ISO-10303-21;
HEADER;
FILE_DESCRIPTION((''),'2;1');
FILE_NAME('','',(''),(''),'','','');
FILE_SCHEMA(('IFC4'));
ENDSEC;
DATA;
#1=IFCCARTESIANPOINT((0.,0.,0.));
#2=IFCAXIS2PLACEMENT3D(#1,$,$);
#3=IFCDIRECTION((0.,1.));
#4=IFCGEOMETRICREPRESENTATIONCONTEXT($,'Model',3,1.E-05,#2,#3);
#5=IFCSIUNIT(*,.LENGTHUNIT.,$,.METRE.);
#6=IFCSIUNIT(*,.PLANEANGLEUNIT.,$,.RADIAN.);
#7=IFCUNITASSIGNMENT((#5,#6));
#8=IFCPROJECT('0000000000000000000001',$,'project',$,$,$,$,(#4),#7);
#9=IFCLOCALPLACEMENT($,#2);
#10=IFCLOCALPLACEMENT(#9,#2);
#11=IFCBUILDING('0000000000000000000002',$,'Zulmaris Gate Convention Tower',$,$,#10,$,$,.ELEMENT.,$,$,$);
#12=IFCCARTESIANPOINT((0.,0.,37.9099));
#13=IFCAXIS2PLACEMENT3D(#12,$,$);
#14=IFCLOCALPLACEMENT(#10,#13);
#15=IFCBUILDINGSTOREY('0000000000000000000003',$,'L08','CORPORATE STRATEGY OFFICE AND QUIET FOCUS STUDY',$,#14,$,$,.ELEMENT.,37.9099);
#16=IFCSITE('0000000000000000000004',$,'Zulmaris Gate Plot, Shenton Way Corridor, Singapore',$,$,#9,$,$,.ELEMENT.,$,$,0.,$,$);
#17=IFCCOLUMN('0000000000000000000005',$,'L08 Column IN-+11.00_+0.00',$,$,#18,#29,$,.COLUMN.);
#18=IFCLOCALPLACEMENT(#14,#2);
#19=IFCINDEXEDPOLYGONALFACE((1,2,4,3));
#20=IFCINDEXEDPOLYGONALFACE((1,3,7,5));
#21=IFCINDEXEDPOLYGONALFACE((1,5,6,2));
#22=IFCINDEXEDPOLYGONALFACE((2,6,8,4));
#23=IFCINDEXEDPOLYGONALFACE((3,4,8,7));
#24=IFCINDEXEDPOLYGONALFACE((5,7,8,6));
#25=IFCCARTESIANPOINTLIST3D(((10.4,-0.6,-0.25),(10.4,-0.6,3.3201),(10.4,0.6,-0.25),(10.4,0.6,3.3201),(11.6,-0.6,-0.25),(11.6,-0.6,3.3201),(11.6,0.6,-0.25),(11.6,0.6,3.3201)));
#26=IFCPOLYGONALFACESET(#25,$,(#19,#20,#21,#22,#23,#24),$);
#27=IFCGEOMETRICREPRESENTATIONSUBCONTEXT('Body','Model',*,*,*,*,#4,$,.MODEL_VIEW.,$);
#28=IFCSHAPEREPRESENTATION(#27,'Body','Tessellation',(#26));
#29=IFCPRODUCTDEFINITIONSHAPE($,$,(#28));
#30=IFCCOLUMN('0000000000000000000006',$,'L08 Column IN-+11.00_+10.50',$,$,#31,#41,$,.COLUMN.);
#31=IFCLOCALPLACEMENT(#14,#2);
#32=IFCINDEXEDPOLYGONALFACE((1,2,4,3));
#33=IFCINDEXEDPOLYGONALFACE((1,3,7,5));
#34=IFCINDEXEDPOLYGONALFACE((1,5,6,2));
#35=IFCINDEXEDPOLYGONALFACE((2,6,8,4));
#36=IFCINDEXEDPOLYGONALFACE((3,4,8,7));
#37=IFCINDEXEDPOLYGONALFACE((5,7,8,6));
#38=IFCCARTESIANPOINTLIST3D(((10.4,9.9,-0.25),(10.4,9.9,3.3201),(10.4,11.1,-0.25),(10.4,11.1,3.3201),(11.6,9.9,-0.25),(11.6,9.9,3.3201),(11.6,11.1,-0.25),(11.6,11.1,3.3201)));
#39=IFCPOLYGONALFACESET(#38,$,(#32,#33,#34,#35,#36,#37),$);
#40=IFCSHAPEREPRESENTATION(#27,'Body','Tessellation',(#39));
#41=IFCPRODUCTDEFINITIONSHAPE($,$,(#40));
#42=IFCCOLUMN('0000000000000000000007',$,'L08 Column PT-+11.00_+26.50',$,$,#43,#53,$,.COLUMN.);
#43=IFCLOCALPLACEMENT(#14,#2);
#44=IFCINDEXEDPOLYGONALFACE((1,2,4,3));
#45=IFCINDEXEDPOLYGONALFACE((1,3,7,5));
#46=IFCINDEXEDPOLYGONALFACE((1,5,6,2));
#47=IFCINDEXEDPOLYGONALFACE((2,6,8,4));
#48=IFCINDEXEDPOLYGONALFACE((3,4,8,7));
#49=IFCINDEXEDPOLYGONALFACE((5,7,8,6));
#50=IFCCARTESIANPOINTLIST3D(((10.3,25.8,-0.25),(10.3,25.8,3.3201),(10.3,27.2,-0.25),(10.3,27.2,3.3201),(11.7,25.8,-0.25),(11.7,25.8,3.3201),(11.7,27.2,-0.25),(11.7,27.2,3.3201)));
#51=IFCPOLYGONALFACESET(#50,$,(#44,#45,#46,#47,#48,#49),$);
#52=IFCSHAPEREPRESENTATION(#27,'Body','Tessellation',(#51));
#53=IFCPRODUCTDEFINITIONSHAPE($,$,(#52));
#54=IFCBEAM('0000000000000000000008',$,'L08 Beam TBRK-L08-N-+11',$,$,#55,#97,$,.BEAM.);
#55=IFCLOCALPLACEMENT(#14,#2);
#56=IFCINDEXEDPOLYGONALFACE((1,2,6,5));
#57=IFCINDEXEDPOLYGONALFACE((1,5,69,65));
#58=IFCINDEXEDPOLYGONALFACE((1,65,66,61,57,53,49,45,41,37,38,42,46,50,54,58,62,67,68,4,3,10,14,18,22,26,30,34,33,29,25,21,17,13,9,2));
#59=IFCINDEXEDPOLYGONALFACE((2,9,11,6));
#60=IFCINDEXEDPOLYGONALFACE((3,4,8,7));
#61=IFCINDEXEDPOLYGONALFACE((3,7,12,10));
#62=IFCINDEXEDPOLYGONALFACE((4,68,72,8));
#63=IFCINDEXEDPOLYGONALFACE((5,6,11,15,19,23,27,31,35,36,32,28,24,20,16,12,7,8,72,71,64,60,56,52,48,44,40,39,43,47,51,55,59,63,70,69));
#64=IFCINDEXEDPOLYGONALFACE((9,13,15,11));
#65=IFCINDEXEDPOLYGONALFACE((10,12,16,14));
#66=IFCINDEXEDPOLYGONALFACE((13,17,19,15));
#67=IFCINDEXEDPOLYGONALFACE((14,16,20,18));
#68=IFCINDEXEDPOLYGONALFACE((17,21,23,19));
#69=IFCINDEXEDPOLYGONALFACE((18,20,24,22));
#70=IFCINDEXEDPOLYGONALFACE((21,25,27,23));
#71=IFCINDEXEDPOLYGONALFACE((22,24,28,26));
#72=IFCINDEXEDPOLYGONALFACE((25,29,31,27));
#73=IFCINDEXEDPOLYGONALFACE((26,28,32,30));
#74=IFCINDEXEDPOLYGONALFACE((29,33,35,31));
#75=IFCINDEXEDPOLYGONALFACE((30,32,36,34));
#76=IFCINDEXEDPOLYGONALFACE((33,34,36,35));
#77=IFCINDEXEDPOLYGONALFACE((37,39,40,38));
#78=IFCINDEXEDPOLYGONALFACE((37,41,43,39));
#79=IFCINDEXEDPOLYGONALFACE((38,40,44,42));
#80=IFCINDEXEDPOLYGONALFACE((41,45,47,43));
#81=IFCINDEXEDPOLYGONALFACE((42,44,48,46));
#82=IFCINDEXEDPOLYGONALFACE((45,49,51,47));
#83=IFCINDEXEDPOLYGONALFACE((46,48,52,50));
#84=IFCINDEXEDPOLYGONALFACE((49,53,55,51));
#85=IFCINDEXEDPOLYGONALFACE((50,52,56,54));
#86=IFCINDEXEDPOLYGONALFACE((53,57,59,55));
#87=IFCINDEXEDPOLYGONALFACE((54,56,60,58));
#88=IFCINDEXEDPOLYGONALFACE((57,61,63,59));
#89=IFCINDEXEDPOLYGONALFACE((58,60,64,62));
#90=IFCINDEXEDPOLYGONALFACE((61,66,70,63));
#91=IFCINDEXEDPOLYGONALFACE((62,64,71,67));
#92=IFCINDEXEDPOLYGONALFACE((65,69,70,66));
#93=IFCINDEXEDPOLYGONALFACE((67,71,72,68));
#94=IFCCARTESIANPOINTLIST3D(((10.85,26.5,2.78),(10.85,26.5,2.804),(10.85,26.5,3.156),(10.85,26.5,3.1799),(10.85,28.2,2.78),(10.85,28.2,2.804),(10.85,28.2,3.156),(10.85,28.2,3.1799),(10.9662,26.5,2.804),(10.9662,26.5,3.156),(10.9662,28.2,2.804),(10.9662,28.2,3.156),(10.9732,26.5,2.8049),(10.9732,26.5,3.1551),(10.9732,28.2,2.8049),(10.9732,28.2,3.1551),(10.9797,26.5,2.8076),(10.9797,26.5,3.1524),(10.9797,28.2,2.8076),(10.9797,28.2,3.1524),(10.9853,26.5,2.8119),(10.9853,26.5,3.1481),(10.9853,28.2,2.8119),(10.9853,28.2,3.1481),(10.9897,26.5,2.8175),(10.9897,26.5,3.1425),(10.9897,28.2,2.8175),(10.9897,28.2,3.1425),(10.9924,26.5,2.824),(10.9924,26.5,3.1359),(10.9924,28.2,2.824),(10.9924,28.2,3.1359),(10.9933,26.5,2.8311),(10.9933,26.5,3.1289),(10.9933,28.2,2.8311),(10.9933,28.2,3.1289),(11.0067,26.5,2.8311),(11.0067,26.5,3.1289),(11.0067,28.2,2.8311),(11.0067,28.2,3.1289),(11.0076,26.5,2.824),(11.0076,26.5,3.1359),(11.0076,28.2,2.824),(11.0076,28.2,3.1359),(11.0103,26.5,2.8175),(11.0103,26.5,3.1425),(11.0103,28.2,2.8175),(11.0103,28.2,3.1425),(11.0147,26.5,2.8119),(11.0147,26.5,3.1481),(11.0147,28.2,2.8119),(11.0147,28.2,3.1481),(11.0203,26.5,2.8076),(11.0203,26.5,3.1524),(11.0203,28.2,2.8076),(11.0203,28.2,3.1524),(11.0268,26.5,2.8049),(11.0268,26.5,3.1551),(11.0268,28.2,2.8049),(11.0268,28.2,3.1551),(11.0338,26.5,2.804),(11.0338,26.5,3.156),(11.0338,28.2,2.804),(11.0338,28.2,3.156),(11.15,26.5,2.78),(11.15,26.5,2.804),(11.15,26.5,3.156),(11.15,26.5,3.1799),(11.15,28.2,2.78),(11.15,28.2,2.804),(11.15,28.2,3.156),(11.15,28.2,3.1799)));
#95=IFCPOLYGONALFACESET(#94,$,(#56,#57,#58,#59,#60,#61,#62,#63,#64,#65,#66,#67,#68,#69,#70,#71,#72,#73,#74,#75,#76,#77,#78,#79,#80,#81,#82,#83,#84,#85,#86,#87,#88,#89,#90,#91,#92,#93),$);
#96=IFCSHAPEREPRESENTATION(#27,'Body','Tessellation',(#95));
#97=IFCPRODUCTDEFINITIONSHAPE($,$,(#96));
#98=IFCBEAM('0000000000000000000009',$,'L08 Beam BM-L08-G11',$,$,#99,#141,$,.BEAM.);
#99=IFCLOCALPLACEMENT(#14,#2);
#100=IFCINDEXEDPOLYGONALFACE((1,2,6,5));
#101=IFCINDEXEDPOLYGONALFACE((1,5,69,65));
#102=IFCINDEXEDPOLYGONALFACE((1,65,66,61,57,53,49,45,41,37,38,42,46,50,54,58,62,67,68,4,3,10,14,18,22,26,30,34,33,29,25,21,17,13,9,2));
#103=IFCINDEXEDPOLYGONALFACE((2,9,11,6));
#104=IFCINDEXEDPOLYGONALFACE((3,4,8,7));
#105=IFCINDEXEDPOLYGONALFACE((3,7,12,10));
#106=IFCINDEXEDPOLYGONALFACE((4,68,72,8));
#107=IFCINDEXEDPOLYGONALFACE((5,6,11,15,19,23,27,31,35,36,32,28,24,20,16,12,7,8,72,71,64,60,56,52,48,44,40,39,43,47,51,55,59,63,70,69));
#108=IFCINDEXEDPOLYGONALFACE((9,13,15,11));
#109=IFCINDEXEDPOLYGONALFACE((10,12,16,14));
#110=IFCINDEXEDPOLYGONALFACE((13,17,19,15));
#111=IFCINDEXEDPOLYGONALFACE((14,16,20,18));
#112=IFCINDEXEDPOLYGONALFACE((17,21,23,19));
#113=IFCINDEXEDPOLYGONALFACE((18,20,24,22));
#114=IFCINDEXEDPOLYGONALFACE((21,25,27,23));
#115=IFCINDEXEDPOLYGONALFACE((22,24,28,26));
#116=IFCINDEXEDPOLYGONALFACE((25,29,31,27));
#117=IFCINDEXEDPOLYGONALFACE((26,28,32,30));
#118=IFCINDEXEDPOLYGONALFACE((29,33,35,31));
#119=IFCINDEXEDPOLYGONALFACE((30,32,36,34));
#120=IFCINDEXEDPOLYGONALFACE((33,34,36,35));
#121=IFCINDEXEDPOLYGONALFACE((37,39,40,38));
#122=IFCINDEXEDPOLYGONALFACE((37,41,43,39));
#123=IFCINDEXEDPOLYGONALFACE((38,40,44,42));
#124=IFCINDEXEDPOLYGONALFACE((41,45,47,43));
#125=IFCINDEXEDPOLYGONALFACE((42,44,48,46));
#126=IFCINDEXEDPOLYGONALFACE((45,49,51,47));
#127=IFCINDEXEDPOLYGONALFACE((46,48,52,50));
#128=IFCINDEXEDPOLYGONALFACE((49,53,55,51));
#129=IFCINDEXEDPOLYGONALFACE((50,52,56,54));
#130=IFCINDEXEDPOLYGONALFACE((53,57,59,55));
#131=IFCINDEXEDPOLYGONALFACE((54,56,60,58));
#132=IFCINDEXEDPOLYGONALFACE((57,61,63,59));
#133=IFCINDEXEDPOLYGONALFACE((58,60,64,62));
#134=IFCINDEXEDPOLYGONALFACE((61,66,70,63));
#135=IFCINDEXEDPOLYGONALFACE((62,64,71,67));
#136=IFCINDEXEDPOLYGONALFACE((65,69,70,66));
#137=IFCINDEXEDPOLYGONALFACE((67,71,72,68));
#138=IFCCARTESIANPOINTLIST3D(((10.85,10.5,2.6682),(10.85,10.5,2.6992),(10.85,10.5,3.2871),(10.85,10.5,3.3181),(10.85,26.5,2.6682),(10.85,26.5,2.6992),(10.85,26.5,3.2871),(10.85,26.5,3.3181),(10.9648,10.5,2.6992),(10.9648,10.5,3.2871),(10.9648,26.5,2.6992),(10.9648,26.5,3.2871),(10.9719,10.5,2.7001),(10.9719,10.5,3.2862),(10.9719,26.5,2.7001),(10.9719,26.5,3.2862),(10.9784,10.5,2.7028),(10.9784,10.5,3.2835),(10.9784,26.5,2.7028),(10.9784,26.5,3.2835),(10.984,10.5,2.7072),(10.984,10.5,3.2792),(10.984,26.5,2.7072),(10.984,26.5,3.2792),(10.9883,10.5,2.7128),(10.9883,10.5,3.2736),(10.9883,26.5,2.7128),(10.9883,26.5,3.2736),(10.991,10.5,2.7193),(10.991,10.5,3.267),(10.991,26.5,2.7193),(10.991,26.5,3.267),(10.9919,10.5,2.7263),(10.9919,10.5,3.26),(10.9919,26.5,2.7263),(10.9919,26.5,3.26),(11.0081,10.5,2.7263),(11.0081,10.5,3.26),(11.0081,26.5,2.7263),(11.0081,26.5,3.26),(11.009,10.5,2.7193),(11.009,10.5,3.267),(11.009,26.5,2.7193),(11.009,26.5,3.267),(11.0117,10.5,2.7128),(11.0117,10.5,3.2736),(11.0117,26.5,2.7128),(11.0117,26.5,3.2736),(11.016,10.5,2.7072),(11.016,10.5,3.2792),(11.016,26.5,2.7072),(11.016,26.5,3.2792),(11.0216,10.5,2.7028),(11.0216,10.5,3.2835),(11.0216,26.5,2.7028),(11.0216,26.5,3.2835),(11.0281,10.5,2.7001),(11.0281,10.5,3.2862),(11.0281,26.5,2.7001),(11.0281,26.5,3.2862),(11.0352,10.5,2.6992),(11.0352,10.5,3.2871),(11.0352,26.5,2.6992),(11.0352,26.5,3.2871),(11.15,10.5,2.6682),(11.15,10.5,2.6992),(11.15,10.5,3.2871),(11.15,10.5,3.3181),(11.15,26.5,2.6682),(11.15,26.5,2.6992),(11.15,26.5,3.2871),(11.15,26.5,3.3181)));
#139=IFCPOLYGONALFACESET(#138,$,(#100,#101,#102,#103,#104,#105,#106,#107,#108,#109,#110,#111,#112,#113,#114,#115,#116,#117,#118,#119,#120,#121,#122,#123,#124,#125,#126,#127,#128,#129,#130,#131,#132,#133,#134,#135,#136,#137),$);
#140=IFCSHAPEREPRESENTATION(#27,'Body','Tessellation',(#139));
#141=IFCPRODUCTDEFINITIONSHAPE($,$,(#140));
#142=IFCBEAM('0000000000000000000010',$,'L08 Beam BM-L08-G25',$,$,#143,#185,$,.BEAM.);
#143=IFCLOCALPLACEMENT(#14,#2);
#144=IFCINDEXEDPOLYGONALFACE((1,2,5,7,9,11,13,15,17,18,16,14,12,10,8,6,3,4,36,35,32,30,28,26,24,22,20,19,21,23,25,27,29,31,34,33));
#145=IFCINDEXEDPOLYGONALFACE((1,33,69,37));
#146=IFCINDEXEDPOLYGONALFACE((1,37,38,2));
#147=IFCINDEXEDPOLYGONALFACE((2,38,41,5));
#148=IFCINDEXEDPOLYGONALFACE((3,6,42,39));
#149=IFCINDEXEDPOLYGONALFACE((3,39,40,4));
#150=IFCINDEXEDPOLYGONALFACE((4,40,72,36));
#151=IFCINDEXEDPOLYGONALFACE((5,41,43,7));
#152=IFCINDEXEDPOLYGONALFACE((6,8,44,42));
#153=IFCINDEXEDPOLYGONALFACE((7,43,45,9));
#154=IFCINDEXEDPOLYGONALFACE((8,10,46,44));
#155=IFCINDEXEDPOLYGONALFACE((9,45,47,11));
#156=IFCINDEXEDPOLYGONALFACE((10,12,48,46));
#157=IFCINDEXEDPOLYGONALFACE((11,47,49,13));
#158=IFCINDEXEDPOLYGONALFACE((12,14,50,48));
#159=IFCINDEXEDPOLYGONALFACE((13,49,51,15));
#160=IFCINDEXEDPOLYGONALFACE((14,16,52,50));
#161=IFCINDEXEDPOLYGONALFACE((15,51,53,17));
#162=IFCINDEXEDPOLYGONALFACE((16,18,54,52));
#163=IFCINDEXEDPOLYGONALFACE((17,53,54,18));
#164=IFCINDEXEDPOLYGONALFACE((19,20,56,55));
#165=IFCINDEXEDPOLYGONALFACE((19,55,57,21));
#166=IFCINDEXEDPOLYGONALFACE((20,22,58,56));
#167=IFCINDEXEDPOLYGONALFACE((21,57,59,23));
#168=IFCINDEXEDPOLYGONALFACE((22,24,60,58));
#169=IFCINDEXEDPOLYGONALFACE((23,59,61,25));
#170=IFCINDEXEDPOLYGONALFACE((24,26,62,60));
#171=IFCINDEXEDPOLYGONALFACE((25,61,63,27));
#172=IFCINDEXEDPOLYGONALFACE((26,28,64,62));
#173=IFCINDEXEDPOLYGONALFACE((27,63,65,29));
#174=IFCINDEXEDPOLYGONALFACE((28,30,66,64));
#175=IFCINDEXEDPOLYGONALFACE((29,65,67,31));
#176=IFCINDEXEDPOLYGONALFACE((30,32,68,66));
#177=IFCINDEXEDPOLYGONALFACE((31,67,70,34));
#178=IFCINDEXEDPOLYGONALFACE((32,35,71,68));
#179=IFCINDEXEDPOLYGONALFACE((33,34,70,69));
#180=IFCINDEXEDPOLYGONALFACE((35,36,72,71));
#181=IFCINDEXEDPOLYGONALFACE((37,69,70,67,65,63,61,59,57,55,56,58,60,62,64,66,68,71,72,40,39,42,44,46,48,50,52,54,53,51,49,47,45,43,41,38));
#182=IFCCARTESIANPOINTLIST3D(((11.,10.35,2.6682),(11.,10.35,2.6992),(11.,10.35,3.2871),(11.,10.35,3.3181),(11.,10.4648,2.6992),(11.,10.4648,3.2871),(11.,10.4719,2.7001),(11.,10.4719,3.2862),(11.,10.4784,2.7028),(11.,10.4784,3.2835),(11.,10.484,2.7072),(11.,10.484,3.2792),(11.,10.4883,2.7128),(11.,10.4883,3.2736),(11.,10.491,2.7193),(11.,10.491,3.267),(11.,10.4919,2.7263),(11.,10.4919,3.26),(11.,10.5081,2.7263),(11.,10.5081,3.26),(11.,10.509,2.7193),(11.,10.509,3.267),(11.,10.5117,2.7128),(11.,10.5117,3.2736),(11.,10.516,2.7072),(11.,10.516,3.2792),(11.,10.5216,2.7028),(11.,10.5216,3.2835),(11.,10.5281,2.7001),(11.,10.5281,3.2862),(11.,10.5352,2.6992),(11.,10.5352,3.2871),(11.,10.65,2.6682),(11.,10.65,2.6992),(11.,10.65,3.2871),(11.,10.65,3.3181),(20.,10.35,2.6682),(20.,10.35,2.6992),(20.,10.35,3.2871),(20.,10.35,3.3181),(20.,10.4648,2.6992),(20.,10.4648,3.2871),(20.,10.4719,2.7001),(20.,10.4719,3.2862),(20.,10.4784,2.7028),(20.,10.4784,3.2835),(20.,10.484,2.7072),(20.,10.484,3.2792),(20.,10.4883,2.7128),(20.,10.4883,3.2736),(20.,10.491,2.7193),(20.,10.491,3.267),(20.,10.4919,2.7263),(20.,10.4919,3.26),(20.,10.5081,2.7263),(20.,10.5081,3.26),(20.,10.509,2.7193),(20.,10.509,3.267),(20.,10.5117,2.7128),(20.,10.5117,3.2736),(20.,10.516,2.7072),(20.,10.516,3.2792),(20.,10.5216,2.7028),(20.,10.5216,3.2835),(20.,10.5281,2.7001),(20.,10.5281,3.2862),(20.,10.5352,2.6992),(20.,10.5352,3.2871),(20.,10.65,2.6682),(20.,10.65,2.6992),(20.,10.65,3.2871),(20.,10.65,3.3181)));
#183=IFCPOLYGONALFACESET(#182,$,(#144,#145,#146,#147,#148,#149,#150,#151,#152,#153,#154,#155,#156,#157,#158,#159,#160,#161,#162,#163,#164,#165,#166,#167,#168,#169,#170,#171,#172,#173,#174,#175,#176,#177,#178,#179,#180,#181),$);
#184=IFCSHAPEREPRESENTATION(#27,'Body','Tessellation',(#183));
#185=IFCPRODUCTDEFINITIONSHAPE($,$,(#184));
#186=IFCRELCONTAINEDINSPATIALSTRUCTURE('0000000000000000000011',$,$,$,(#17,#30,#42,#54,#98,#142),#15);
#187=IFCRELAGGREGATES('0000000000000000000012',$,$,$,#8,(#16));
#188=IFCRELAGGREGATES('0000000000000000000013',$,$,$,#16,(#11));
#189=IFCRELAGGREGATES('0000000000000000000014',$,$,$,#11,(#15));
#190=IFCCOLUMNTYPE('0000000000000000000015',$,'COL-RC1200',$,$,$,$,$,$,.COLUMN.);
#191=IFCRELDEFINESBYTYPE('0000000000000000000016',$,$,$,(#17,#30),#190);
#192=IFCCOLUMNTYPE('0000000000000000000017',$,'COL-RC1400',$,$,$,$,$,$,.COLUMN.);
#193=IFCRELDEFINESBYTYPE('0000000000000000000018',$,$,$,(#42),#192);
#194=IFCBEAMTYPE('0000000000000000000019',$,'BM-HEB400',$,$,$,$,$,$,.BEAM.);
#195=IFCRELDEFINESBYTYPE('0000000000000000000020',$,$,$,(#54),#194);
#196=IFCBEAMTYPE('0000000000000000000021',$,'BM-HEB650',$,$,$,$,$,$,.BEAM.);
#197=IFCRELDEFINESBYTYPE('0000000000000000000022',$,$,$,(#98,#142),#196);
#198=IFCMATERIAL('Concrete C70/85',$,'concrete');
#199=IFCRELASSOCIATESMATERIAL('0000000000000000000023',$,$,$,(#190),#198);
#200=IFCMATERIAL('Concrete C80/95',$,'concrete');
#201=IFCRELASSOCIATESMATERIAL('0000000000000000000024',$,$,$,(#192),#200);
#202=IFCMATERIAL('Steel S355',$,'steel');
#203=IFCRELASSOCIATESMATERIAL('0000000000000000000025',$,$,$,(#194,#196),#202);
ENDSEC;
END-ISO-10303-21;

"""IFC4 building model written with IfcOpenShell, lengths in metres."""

from ifc_helpers import new_model, si_unit, direction, frame, origin, origin_2d, place, context, subcontext, project, spatial, rectangle, i_section, extrude, material, material_profile, profile_set, type_object, element, save


model = new_model("IFC4")

# Units and contexts
model_context = context("Model", 3, precision=1e-05, world=origin(), true_north=direction((0.0, 1.0)))
body_context = subcontext(model_context, "Body", "Model", "MODEL_VIEW")
ifc_project = project(units=[si_unit("LENGTHUNIT", "METRE"), si_unit("PLANEANGLEUNIT", "RADIAN")], contexts=[model_context])

# Site, building, storey
site_placement = place(None, origin())
site = spatial("IfcSite", under=ifc_project, at=site_placement, Name="Zulmaris Gate Plot, Shenton Way Corridor, Singapore", CompositionType="ELEMENT", RefElevation=0.0)
building_placement = place(site_placement, origin())
building = spatial("IfcBuilding", under=site, at=building_placement, Name="Zulmaris Gate Convention Tower", CompositionType="ELEMENT")
storey_placement = place(building_placement, frame((0.0, 0.0, 37.9099)))
storey = spatial("IfcBuildingStorey", under=building, at=storey_placement, Name="L08", Description="CORPORATE STRATEGY OFFICE AND QUIET FOCUS STUDY", CompositionType="ELEMENT", Elevation=37.9099)

# Columns
ifc_material_1 = material(Name="Concrete C70/85", Category="concrete")
ifc_material_profile_1 = material_profile(ifc_material_1, rectangle(XDim=1.2, YDim=1.2, at=origin_2d()), Name="RC COL 1200x1200")
ifc_profile_set_1 = profile_set([ifc_material_profile_1], Name="Concrete C70/85")
column_type_1 = type_object("IfcColumnType", Name="COL-RC1200", PredefinedType="COLUMN", material=ifc_profile_set_1)
for number, where, z_axis, x_axis, name in (
    (1, (11.0, 0.0, -0.25), (0.0, 0.0, 1.0), (1.0, 0.0, 0.0), "L08 Column IN-+11.00_+0.00"),
    (2, (11.0, 10.5, -0.25), (0.0, 0.0, 1.0), (1.0, 0.0, 0.0), "L08 Column IN-+11.00_+10.50"),
):
    element("IfcColumn", number, at=place(storey_placement, frame(where, z_axis=z_axis, x_axis=x_axis)), inside=storey, type_object=column_type_1, Name=name, PredefinedType="COLUMN", context=body_context, shape_type="SweptSolid", body=[
        extrude(rectangle(XDim=1.2, YDim=1.2, at=origin_2d()), origin(), (0.0, 0.0, 1.0), 3.5701),
    ])
ifc_material_2 = material(Name="Concrete C80/95", Category="concrete")
ifc_material_profile_2 = material_profile(ifc_material_2, rectangle(XDim=1.3999, YDim=1.3999, at=origin_2d()), Name="RC COL 1400x1400")
ifc_profile_set_2 = profile_set([ifc_material_profile_2], Name="Concrete C80/95")
column_type_2 = type_object("IfcColumnType", Name="COL-RC1400", PredefinedType="COLUMN", material=ifc_profile_set_2)
column_placement = place(storey_placement, frame((11.0, 26.5, -0.25), z_axis=(0.0, 0.0, 1.0), x_axis=(1.0, 0.0, 0.0)))
element("IfcColumn", 3, at=column_placement, inside=storey, type_object=column_type_2, Name="L08 Column PT-+11.00_+26.50", PredefinedType="COLUMN", context=body_context, shape_type="SweptSolid", body=[
    extrude(rectangle(XDim=1.3999, YDim=1.3999, at=origin_2d()), origin(), (0.0, 0.0, 1.0), 3.5701),
])

# Beams
ifc_material_3 = material(Name="Steel S355", Category="steel")
ifc_material_profile_3 = material_profile(ifc_material_3, i_section(OverallWidth=0.3, OverallDepth=0.3999, WebThickness=0.0134, FlangeThickness=0.0239, FilletRadius=0.0271, at=origin_2d()), Name="HEB 400")
ifc_profile_set_3 = profile_set([ifc_material_profile_3], Name="Steel S355")
beam_type_1 = type_object("IfcBeamType", Name="BM-HEB400", PredefinedType="BEAM", material=ifc_profile_set_3)
beam_1_placement = place(storey_placement, frame((11.0, 26.5, 2.98), z_axis=(0.0, 1.0, 0.0), x_axis=(-1.0, 0.0, 0.0)))
element("IfcBeam", 4, at=beam_1_placement, inside=storey, type_object=beam_type_1, Name="L08 Beam TBRK-L08-N-+11", PredefinedType="BEAM", context=body_context, shape_type="SweptSolid", body=[
    extrude(i_section(OverallWidth=0.3, OverallDepth=0.3999, WebThickness=0.0134, FlangeThickness=0.0239, FilletRadius=0.0271, at=origin_2d()), origin(), (0.0, 0.0, 1.0), 1.7),
])
ifc_material_profile_4 = material_profile(ifc_material_3, i_section(OverallWidth=0.3, OverallDepth=0.6499, WebThickness=0.0161, FlangeThickness=0.031, FilletRadius=0.0271, at=origin_2d()), Name="HEB 650")
ifc_profile_set_4 = profile_set([ifc_material_profile_4], Name="Steel S355")
beam_type_2 = type_object("IfcBeamType", Name="BM-HEB650", PredefinedType="BEAM", material=ifc_profile_set_4)
beam_2_placement = place(storey_placement, frame((11.0, 10.5, 2.9932), z_axis=(0.0, 1.0, 0.0), x_axis=(-1.0, 0.0, 0.0)))
element("IfcBeam", 5, at=beam_2_placement, inside=storey, type_object=beam_type_2, Name="L08 Beam BM-L08-G11", PredefinedType="BEAM", context=body_context, shape_type="SweptSolid", body=[
    extrude(i_section(OverallWidth=0.3, OverallDepth=0.6499, WebThickness=0.0161, FlangeThickness=0.031, FilletRadius=0.0271, at=origin_2d()), origin(), (0.0, 0.0, 1.0), 16.0),
])
beam_3_placement = place(storey_placement, frame((11.0, 10.5, 2.9932), z_axis=(1.0, 0.0, 0.0), x_axis=(0.0, 1.0, 0.0)))
element("IfcBeam", 6, at=beam_3_placement, inside=storey, type_object=beam_type_2, Name="L08 Beam BM-L08-G25", PredefinedType="BEAM", context=body_context, shape_type="SweptSolid", body=[
    extrude(i_section(OverallWidth=0.3, OverallDepth=0.6499, WebThickness=0.0161, FlangeThickness=0.031, FilletRadius=0.0271, at=origin_2d()), origin(), (0.0, 0.0, 1.0), 9.0),
])

save(model, "model.ifc")
